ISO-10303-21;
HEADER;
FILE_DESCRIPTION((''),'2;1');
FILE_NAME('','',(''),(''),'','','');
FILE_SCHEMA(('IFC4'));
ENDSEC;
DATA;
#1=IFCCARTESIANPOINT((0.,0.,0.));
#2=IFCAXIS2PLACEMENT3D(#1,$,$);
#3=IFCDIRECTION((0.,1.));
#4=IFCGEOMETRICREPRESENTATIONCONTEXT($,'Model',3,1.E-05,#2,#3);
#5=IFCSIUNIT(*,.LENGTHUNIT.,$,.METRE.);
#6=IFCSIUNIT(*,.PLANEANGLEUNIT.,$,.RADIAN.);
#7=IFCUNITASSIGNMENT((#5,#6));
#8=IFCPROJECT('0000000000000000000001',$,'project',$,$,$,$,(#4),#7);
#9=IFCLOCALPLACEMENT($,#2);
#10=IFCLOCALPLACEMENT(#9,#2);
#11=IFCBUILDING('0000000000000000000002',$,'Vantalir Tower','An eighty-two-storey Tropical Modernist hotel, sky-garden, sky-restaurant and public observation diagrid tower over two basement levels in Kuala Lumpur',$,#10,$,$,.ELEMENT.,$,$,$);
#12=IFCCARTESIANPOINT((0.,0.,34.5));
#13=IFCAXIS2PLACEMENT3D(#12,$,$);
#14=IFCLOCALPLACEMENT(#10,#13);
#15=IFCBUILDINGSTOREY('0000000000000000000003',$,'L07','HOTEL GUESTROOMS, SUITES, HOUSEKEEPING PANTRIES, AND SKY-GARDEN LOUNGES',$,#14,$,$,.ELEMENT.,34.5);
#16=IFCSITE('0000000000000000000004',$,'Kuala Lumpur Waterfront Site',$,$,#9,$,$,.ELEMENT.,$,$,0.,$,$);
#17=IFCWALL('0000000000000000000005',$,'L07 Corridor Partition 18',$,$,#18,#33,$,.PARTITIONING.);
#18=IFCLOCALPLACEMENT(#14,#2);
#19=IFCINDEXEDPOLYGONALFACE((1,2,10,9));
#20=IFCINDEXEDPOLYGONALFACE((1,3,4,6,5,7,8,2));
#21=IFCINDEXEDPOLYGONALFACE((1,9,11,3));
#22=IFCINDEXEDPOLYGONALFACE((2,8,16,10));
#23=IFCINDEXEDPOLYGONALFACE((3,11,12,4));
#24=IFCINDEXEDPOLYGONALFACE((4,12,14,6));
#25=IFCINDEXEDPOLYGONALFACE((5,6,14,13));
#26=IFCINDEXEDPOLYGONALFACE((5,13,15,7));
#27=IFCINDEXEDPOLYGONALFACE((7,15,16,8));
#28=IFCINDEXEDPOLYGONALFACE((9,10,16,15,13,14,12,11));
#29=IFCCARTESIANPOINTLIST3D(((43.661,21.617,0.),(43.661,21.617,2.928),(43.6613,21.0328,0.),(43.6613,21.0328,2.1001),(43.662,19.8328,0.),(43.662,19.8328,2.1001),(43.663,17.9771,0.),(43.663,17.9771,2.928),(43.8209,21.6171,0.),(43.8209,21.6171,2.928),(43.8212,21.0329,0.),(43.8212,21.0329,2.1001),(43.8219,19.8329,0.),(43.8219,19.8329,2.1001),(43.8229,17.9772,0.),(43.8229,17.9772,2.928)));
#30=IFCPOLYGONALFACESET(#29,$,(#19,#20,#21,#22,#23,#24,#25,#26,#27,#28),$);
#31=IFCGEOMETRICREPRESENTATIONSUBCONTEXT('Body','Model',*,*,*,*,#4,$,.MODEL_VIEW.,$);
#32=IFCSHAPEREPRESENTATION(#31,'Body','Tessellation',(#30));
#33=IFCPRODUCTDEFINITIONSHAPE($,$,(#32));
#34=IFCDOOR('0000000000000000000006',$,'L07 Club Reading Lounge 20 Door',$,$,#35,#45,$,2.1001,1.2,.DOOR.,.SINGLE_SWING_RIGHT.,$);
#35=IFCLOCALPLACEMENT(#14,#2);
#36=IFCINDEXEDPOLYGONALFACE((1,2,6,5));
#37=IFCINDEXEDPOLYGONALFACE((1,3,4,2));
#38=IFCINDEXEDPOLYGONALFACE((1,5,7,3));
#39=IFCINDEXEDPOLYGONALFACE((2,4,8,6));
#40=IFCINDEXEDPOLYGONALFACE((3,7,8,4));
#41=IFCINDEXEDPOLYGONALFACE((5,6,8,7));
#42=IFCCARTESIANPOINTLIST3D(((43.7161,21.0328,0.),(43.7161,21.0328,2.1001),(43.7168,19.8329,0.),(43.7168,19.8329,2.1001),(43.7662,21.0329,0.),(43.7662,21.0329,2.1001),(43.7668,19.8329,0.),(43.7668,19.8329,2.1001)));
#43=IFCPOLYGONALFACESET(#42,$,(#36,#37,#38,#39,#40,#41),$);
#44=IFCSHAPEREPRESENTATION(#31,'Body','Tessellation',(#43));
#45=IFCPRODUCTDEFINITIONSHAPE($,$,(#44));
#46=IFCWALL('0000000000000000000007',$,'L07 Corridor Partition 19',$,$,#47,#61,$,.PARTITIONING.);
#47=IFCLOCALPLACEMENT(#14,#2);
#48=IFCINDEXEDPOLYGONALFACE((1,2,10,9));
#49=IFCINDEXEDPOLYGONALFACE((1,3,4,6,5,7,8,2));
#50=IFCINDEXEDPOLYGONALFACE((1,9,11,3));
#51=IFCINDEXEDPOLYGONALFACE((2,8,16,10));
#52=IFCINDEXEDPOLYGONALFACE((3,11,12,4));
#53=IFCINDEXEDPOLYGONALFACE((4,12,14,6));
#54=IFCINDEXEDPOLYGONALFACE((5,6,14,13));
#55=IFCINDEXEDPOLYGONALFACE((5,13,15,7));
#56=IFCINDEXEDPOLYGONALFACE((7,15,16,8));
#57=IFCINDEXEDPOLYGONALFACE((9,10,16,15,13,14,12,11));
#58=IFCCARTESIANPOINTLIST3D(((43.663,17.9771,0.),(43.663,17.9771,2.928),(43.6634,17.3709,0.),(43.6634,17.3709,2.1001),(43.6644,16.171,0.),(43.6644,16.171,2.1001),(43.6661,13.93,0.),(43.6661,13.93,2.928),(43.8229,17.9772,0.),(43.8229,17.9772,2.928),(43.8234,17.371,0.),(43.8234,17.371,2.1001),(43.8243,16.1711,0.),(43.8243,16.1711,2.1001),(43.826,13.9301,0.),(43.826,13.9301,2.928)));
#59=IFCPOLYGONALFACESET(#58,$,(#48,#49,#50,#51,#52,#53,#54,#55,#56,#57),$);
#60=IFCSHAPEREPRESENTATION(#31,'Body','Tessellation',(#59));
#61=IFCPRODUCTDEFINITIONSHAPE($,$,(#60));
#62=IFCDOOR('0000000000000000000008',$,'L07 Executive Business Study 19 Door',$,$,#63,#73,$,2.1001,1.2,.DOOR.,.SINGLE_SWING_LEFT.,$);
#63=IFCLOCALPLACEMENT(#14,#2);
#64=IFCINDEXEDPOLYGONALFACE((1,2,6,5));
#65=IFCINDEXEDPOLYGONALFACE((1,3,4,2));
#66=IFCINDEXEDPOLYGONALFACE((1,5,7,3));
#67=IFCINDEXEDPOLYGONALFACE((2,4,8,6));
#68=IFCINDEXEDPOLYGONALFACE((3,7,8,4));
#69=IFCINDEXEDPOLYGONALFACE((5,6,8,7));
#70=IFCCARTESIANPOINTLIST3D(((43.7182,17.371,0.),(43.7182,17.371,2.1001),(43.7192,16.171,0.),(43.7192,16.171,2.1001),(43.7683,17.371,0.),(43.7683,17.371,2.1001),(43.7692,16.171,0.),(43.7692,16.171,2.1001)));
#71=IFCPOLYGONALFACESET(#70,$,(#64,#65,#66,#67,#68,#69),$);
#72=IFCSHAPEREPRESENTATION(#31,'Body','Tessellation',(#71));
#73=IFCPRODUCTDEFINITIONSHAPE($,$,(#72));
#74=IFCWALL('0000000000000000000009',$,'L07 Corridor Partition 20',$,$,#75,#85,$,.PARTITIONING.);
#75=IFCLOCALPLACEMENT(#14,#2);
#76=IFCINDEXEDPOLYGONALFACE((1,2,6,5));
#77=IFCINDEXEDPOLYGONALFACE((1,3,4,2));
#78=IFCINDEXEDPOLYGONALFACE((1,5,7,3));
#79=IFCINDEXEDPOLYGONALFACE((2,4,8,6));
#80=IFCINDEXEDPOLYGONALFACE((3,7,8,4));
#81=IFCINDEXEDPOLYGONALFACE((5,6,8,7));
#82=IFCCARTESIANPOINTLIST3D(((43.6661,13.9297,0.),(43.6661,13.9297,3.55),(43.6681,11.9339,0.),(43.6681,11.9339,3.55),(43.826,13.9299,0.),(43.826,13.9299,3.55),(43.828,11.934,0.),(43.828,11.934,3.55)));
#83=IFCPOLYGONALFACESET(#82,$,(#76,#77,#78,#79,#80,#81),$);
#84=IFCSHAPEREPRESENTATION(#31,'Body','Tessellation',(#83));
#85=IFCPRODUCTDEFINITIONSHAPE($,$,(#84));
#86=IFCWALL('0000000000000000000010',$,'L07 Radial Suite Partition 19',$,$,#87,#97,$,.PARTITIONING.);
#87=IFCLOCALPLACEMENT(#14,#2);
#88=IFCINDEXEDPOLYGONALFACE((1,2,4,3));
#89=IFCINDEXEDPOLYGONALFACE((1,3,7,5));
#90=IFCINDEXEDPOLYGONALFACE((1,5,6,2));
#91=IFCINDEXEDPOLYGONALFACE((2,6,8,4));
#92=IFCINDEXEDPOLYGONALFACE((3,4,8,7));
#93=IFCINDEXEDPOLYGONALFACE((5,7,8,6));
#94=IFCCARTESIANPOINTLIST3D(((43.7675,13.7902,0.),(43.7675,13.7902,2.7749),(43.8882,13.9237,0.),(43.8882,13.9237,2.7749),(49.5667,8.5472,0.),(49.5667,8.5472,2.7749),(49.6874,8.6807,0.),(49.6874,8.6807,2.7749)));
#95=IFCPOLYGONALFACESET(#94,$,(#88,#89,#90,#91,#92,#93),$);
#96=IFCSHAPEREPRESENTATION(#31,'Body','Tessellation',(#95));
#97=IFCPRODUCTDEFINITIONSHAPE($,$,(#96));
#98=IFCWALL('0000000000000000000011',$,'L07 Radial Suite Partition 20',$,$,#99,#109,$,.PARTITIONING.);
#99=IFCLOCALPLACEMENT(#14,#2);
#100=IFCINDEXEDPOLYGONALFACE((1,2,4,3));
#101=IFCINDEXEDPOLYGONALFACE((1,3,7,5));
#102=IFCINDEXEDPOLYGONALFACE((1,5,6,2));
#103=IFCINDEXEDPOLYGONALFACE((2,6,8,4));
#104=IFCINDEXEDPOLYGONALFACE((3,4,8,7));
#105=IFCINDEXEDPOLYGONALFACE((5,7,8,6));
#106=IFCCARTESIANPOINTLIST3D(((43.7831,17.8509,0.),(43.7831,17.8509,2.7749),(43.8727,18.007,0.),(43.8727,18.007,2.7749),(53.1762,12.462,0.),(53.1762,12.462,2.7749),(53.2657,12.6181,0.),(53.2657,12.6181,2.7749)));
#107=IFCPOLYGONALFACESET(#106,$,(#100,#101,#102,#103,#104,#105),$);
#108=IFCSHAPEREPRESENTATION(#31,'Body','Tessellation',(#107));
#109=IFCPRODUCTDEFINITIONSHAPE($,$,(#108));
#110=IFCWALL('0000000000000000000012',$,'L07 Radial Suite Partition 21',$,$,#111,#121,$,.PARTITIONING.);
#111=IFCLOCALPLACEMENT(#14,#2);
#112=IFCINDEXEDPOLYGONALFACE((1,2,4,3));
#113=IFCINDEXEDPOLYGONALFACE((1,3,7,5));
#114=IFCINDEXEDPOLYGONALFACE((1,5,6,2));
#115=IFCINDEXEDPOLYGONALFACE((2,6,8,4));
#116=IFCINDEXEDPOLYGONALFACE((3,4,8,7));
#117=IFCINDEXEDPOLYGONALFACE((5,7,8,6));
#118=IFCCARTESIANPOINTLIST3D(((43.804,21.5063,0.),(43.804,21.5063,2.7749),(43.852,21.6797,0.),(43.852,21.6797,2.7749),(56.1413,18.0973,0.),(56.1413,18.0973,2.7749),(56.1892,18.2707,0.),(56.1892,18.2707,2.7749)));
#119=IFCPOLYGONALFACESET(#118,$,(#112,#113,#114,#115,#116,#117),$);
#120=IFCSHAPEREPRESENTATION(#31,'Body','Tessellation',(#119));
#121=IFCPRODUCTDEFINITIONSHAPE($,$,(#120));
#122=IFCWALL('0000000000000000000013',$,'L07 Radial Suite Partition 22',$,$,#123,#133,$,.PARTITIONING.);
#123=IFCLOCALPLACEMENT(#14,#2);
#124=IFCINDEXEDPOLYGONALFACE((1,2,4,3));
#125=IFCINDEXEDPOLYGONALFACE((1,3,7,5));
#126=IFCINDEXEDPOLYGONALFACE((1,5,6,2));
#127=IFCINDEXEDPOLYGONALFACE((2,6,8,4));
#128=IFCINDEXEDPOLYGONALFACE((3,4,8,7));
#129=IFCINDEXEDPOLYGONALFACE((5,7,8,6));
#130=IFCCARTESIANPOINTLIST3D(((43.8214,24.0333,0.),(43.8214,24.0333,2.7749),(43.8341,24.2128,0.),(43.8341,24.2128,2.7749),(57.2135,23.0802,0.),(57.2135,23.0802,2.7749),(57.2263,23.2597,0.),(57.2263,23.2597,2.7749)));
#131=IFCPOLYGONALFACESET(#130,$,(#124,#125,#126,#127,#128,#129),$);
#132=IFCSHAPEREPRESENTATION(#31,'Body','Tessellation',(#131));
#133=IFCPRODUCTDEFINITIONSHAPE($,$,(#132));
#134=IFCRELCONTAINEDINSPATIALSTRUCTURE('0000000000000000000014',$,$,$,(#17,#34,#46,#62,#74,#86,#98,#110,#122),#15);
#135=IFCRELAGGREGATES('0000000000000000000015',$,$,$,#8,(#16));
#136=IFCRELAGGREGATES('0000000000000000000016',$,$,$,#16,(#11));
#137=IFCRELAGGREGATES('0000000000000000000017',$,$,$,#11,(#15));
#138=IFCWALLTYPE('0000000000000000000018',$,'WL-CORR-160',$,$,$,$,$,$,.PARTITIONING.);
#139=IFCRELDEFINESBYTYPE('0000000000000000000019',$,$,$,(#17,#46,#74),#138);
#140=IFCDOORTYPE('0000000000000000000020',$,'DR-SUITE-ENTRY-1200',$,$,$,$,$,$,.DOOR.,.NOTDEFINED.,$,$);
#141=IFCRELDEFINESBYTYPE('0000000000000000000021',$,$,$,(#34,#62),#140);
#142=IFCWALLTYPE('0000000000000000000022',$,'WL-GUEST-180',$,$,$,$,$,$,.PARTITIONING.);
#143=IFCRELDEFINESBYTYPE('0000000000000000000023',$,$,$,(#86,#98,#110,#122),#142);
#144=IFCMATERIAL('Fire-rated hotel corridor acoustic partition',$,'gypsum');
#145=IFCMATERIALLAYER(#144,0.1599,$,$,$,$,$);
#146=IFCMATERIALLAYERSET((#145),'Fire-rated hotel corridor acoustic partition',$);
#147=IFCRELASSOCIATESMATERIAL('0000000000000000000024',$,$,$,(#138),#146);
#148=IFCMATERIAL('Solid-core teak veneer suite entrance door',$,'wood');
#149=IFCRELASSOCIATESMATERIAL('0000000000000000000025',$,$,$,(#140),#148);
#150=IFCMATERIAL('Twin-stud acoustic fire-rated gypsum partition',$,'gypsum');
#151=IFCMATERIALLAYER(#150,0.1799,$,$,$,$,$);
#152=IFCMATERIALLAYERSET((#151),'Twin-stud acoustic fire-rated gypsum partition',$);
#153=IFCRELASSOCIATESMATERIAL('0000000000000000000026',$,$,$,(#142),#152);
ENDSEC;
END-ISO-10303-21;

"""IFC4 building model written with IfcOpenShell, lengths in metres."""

from ifc_helpers import new_model, si_unit, direction, frame, frame_2d, origin, place, context, subcontext, project, spatial, rectangle, extrude, material, layer, layer_set, type_object, element, fill, save


model = new_model("IFC4")

# Units and contexts
model_context = context("Model", 3, precision=1e-05, world=origin(), true_north=direction((0.0, 1.0)))
body_context = subcontext(model_context, "Body", "Model", "MODEL_VIEW")
ifc_project = project(units=[si_unit("LENGTHUNIT", "METRE"), si_unit("PLANEANGLEUNIT", "RADIAN")], contexts=[model_context])

# Site, building, storey
site_placement = place(None, origin())
site = spatial("IfcSite", under=ifc_project, at=site_placement, Name="Kuala Lumpur Waterfront Site", CompositionType="ELEMENT", RefElevation=0.0)
building_placement = place(site_placement, origin())
building = spatial("IfcBuilding", under=site, at=building_placement, Name="Vantalir Tower", Description="An eighty-two-storey Tropical Modernist hotel, sky-garden, sky-restaurant and public observation diagrid tower over two basement levels in Kuala Lumpur", CompositionType="ELEMENT")
storey_placement = place(building_placement, frame((0.0, 0.0, 34.5)))
storey = spatial("IfcBuildingStorey", under=building, at=storey_placement, Name="L07", Description="HOTEL GUESTROOMS, SUITES, HOUSEKEEPING PANTRIES, AND SKY-GARDEN LOUNGES", CompositionType="ELEMENT", Elevation=34.5)

# Walls, openings, doors
ifc_material_1 = material(Name="Fire-rated hotel corridor acoustic partition", Category="gypsum")
ifc_layer_1 = layer(ifc_material_1, 0.1599)
ifc_layer_set_1 = layer_set([ifc_layer_1], Name="Fire-rated hotel corridor acoustic partition")
wall_type_1 = type_object("IfcWallType", Name="WL-CORR-160", PredefinedType="PARTITIONING", material=ifc_layer_set_1)
wall_1_placement = place(storey_placement, frame((43.741, 21.6169, 0.0), z_axis=(0.0, 0.0, 1.0), x_axis=(0.000537, -1.0, 0.0)))
wall_1 = element("IfcWall", 1, at=wall_1_placement, inside=storey, type_object=wall_type_1, Name="L07 Corridor Partition 18", PredefinedType="PARTITIONING", context=body_context, shape_type="SweptSolid", body=[
    extrude(rectangle(XDim=3.6399, YDim=0.1599, at=frame_2d((1.8198, 0.0))), origin(), (0.0, 0.0, 1.0), 2.928),
])
opening_1_placement = place(wall_1_placement, frame((0.584, 0.0, 0.0)))
opening_1 = element("IfcOpeningElement", 2, at=opening_1_placement, cuts=wall_1, PredefinedType="OPENING", context=body_context, shape_type="SweptSolid", body=[
    extrude(rectangle(XDim=1.2, YDim=2.1001, at=frame_2d((0.6001, 1.05))), frame((0.0, 0.0898, 0.0), z_axis=(0.0, -1.0, 0.0), x_axis=(1.0, 0.0, 0.0)), (0.0, 0.0, 1.0), 0.1799),
])
ifc_material_2 = material(Name="Solid-core teak veneer suite entrance door", Category="wood")
door_type = type_object("IfcDoorType", Name="DR-SUITE-ENTRY-1200", OperationType="NOTDEFINED", PredefinedType="DOOR", material=ifc_material_2)
door_1_placement = place(opening_1_placement, origin())
door_1 = element("IfcDoor", 3, at=door_1_placement, inside=storey, type_object=door_type, Name="L07 Club Reading Lounge 20 Door", OperationType="SINGLE_SWING_RIGHT", OverallHeight=2.1001, OverallWidth=1.2, PredefinedType="DOOR", context=body_context, shape_type="SweptSolid", body=[
    extrude(rectangle(XDim=1.2, YDim=2.1001, at=frame_2d((0.6001, 1.05))), frame((0.0, 0.0249, 0.0), z_axis=(0.0, -1.0, 0.0), x_axis=(1.0, 0.0, 0.0)), (0.0, 0.0, 1.0), 0.05),
])
fill(opening_1, door_1)
wall_2_placement = place(storey_placement, frame((43.7429, 17.9771, 0.0), z_axis=(0.0, 0.0, 1.0), x_axis=(0.000784, -1.0, 0.0)))
wall_2 = element("IfcWall", 4, at=wall_2_placement, inside=storey, type_object=wall_type_1, Name="L07 Corridor Partition 19", PredefinedType="PARTITIONING", context=body_context, shape_type="SweptSolid", body=[
    extrude(rectangle(XDim=4.0471, YDim=0.1599, at=frame_2d((2.0234, 0.0))), origin(), (0.0, 0.0, 1.0), 2.928),
])
opening_2_placement = place(wall_2_placement, frame((0.606, 0.0, 0.0)))
opening_2 = element("IfcOpeningElement", 5, at=opening_2_placement, cuts=wall_2, PredefinedType="OPENING", context=body_context, shape_type="SweptSolid", body=[
    extrude(rectangle(XDim=1.2, YDim=2.1001, at=frame_2d((0.6001, 1.05))), frame((0.0, 0.0898, 0.0), z_axis=(0.0, -1.0, 0.0), x_axis=(1.0, 0.0, 0.0)), (0.0, 0.0, 1.0), 0.1799),
])
door_2_placement = place(opening_2_placement, origin())
door_2 = element("IfcDoor", 6, at=door_2_placement, inside=storey, type_object=door_type, Name="L07 Executive Business Study 19 Door", OperationType="SINGLE_SWING_LEFT", OverallHeight=2.1001, OverallWidth=1.2, PredefinedType="DOOR", context=body_context, shape_type="SweptSolid", body=[
    extrude(rectangle(XDim=1.2, YDim=2.1001, at=frame_2d((0.6001, 1.05))), frame((0.0, 0.0249, 0.0), z_axis=(0.0, -1.0, 0.0), x_axis=(1.0, 0.0, 0.0)), (0.0, 0.0, 1.0), 0.05),
])
fill(opening_2, door_2)

# Walls
wall_3_placement = place(storey_placement, frame((43.7461, 13.9299, 0.0), z_axis=(0.0, 0.0, 1.0), x_axis=(0.000979, -1.0, 0.0)))
element("IfcWall", 7, at=wall_3_placement, inside=storey, type_object=wall_type_1, Name="L07 Corridor Partition 20", PredefinedType="PARTITIONING", context=body_context, shape_type="SweptSolid", body=[
    extrude(rectangle(XDim=1.9958, YDim=0.1599, at=frame_2d((0.998, 0.0))), origin(), (0.0, 0.0, 1.0), 3.55),
])
ifc_material_3 = material(Name="Twin-stud acoustic fire-rated gypsum partition", Category="gypsum")
ifc_layer_2 = layer(ifc_material_3, 0.1799)
ifc_layer_set_2 = layer_set([ifc_layer_2], Name="Twin-stud acoustic fire-rated gypsum partition")
wall_type_2 = type_object("IfcWallType", Name="WL-GUEST-180", PredefinedType="PARTITIONING", material=ifc_layer_set_2)
wall_4_placement = place(storey_placement, frame((43.8279, 13.8569, 0.0), z_axis=(0.0, 0.0, 1.0), x_axis=(0.741781, -0.670642, 0.0)))
element("IfcWall", 8, at=wall_4_placement, inside=storey, type_object=wall_type_2, Name="L07 Radial Suite Partition 19", PredefinedType="PARTITIONING", context=body_context, shape_type="SweptSolid", body=[
    extrude(rectangle(XDim=7.8179, YDim=0.1799, at=frame_2d((3.9089, 0.0))), origin(), (0.0, 0.0, 1.0), 2.7749),
])
wall_5_placement = place(storey_placement, frame((43.8279, 17.929, 0.0), z_axis=(0.0, 0.0, 1.0), x_axis=(0.867389, -0.497631, 0.0)))
element("IfcWall", 9, at=wall_5_placement, inside=storey, type_object=wall_type_2, Name="L07 Radial Suite Partition 20", PredefinedType="PARTITIONING", context=body_context, shape_type="SweptSolid", body=[
    extrude(rectangle(XDim=10.8291, YDim=0.1799, at=frame_2d((5.4146, 0.0))), origin(), (0.0, 0.0, 1.0), 2.7749),
])
wall_6_placement = place(storey_placement, frame((43.8279, 21.593, 0.0), z_axis=(0.0, 0.0, 1.0), x_axis=(0.963881, -0.266334, 0.0)))
element("IfcWall", 10, at=wall_6_placement, inside=storey, type_object=wall_type_2, Name="L07 Radial Suite Partition 21", PredefinedType="PARTITIONING", context=body_context, shape_type="SweptSolid", body=[
    extrude(rectangle(XDim=12.7996, YDim=0.1799, at=frame_2d((6.3999, 0.0))), origin(), (0.0, 0.0, 1.0), 2.7749),
])
wall_7_placement = place(storey_placement, frame((43.8279, 24.123, 0.0), z_axis=(0.0, 0.0, 1.0), x_axis=(0.997477, -0.070991, 0.0)))
element("IfcWall", 11, at=wall_7_placement, inside=storey, type_object=wall_type_2, Name="L07 Radial Suite Partition 22", PredefinedType="PARTITIONING", context=body_context, shape_type="SweptSolid", body=[
    extrude(rectangle(XDim=13.426, YDim=0.1799, at=frame_2d((6.7129, 0.0))), origin(), (0.0, 0.0, 1.0), 2.7749),
])

save(model, "model.ifc")
